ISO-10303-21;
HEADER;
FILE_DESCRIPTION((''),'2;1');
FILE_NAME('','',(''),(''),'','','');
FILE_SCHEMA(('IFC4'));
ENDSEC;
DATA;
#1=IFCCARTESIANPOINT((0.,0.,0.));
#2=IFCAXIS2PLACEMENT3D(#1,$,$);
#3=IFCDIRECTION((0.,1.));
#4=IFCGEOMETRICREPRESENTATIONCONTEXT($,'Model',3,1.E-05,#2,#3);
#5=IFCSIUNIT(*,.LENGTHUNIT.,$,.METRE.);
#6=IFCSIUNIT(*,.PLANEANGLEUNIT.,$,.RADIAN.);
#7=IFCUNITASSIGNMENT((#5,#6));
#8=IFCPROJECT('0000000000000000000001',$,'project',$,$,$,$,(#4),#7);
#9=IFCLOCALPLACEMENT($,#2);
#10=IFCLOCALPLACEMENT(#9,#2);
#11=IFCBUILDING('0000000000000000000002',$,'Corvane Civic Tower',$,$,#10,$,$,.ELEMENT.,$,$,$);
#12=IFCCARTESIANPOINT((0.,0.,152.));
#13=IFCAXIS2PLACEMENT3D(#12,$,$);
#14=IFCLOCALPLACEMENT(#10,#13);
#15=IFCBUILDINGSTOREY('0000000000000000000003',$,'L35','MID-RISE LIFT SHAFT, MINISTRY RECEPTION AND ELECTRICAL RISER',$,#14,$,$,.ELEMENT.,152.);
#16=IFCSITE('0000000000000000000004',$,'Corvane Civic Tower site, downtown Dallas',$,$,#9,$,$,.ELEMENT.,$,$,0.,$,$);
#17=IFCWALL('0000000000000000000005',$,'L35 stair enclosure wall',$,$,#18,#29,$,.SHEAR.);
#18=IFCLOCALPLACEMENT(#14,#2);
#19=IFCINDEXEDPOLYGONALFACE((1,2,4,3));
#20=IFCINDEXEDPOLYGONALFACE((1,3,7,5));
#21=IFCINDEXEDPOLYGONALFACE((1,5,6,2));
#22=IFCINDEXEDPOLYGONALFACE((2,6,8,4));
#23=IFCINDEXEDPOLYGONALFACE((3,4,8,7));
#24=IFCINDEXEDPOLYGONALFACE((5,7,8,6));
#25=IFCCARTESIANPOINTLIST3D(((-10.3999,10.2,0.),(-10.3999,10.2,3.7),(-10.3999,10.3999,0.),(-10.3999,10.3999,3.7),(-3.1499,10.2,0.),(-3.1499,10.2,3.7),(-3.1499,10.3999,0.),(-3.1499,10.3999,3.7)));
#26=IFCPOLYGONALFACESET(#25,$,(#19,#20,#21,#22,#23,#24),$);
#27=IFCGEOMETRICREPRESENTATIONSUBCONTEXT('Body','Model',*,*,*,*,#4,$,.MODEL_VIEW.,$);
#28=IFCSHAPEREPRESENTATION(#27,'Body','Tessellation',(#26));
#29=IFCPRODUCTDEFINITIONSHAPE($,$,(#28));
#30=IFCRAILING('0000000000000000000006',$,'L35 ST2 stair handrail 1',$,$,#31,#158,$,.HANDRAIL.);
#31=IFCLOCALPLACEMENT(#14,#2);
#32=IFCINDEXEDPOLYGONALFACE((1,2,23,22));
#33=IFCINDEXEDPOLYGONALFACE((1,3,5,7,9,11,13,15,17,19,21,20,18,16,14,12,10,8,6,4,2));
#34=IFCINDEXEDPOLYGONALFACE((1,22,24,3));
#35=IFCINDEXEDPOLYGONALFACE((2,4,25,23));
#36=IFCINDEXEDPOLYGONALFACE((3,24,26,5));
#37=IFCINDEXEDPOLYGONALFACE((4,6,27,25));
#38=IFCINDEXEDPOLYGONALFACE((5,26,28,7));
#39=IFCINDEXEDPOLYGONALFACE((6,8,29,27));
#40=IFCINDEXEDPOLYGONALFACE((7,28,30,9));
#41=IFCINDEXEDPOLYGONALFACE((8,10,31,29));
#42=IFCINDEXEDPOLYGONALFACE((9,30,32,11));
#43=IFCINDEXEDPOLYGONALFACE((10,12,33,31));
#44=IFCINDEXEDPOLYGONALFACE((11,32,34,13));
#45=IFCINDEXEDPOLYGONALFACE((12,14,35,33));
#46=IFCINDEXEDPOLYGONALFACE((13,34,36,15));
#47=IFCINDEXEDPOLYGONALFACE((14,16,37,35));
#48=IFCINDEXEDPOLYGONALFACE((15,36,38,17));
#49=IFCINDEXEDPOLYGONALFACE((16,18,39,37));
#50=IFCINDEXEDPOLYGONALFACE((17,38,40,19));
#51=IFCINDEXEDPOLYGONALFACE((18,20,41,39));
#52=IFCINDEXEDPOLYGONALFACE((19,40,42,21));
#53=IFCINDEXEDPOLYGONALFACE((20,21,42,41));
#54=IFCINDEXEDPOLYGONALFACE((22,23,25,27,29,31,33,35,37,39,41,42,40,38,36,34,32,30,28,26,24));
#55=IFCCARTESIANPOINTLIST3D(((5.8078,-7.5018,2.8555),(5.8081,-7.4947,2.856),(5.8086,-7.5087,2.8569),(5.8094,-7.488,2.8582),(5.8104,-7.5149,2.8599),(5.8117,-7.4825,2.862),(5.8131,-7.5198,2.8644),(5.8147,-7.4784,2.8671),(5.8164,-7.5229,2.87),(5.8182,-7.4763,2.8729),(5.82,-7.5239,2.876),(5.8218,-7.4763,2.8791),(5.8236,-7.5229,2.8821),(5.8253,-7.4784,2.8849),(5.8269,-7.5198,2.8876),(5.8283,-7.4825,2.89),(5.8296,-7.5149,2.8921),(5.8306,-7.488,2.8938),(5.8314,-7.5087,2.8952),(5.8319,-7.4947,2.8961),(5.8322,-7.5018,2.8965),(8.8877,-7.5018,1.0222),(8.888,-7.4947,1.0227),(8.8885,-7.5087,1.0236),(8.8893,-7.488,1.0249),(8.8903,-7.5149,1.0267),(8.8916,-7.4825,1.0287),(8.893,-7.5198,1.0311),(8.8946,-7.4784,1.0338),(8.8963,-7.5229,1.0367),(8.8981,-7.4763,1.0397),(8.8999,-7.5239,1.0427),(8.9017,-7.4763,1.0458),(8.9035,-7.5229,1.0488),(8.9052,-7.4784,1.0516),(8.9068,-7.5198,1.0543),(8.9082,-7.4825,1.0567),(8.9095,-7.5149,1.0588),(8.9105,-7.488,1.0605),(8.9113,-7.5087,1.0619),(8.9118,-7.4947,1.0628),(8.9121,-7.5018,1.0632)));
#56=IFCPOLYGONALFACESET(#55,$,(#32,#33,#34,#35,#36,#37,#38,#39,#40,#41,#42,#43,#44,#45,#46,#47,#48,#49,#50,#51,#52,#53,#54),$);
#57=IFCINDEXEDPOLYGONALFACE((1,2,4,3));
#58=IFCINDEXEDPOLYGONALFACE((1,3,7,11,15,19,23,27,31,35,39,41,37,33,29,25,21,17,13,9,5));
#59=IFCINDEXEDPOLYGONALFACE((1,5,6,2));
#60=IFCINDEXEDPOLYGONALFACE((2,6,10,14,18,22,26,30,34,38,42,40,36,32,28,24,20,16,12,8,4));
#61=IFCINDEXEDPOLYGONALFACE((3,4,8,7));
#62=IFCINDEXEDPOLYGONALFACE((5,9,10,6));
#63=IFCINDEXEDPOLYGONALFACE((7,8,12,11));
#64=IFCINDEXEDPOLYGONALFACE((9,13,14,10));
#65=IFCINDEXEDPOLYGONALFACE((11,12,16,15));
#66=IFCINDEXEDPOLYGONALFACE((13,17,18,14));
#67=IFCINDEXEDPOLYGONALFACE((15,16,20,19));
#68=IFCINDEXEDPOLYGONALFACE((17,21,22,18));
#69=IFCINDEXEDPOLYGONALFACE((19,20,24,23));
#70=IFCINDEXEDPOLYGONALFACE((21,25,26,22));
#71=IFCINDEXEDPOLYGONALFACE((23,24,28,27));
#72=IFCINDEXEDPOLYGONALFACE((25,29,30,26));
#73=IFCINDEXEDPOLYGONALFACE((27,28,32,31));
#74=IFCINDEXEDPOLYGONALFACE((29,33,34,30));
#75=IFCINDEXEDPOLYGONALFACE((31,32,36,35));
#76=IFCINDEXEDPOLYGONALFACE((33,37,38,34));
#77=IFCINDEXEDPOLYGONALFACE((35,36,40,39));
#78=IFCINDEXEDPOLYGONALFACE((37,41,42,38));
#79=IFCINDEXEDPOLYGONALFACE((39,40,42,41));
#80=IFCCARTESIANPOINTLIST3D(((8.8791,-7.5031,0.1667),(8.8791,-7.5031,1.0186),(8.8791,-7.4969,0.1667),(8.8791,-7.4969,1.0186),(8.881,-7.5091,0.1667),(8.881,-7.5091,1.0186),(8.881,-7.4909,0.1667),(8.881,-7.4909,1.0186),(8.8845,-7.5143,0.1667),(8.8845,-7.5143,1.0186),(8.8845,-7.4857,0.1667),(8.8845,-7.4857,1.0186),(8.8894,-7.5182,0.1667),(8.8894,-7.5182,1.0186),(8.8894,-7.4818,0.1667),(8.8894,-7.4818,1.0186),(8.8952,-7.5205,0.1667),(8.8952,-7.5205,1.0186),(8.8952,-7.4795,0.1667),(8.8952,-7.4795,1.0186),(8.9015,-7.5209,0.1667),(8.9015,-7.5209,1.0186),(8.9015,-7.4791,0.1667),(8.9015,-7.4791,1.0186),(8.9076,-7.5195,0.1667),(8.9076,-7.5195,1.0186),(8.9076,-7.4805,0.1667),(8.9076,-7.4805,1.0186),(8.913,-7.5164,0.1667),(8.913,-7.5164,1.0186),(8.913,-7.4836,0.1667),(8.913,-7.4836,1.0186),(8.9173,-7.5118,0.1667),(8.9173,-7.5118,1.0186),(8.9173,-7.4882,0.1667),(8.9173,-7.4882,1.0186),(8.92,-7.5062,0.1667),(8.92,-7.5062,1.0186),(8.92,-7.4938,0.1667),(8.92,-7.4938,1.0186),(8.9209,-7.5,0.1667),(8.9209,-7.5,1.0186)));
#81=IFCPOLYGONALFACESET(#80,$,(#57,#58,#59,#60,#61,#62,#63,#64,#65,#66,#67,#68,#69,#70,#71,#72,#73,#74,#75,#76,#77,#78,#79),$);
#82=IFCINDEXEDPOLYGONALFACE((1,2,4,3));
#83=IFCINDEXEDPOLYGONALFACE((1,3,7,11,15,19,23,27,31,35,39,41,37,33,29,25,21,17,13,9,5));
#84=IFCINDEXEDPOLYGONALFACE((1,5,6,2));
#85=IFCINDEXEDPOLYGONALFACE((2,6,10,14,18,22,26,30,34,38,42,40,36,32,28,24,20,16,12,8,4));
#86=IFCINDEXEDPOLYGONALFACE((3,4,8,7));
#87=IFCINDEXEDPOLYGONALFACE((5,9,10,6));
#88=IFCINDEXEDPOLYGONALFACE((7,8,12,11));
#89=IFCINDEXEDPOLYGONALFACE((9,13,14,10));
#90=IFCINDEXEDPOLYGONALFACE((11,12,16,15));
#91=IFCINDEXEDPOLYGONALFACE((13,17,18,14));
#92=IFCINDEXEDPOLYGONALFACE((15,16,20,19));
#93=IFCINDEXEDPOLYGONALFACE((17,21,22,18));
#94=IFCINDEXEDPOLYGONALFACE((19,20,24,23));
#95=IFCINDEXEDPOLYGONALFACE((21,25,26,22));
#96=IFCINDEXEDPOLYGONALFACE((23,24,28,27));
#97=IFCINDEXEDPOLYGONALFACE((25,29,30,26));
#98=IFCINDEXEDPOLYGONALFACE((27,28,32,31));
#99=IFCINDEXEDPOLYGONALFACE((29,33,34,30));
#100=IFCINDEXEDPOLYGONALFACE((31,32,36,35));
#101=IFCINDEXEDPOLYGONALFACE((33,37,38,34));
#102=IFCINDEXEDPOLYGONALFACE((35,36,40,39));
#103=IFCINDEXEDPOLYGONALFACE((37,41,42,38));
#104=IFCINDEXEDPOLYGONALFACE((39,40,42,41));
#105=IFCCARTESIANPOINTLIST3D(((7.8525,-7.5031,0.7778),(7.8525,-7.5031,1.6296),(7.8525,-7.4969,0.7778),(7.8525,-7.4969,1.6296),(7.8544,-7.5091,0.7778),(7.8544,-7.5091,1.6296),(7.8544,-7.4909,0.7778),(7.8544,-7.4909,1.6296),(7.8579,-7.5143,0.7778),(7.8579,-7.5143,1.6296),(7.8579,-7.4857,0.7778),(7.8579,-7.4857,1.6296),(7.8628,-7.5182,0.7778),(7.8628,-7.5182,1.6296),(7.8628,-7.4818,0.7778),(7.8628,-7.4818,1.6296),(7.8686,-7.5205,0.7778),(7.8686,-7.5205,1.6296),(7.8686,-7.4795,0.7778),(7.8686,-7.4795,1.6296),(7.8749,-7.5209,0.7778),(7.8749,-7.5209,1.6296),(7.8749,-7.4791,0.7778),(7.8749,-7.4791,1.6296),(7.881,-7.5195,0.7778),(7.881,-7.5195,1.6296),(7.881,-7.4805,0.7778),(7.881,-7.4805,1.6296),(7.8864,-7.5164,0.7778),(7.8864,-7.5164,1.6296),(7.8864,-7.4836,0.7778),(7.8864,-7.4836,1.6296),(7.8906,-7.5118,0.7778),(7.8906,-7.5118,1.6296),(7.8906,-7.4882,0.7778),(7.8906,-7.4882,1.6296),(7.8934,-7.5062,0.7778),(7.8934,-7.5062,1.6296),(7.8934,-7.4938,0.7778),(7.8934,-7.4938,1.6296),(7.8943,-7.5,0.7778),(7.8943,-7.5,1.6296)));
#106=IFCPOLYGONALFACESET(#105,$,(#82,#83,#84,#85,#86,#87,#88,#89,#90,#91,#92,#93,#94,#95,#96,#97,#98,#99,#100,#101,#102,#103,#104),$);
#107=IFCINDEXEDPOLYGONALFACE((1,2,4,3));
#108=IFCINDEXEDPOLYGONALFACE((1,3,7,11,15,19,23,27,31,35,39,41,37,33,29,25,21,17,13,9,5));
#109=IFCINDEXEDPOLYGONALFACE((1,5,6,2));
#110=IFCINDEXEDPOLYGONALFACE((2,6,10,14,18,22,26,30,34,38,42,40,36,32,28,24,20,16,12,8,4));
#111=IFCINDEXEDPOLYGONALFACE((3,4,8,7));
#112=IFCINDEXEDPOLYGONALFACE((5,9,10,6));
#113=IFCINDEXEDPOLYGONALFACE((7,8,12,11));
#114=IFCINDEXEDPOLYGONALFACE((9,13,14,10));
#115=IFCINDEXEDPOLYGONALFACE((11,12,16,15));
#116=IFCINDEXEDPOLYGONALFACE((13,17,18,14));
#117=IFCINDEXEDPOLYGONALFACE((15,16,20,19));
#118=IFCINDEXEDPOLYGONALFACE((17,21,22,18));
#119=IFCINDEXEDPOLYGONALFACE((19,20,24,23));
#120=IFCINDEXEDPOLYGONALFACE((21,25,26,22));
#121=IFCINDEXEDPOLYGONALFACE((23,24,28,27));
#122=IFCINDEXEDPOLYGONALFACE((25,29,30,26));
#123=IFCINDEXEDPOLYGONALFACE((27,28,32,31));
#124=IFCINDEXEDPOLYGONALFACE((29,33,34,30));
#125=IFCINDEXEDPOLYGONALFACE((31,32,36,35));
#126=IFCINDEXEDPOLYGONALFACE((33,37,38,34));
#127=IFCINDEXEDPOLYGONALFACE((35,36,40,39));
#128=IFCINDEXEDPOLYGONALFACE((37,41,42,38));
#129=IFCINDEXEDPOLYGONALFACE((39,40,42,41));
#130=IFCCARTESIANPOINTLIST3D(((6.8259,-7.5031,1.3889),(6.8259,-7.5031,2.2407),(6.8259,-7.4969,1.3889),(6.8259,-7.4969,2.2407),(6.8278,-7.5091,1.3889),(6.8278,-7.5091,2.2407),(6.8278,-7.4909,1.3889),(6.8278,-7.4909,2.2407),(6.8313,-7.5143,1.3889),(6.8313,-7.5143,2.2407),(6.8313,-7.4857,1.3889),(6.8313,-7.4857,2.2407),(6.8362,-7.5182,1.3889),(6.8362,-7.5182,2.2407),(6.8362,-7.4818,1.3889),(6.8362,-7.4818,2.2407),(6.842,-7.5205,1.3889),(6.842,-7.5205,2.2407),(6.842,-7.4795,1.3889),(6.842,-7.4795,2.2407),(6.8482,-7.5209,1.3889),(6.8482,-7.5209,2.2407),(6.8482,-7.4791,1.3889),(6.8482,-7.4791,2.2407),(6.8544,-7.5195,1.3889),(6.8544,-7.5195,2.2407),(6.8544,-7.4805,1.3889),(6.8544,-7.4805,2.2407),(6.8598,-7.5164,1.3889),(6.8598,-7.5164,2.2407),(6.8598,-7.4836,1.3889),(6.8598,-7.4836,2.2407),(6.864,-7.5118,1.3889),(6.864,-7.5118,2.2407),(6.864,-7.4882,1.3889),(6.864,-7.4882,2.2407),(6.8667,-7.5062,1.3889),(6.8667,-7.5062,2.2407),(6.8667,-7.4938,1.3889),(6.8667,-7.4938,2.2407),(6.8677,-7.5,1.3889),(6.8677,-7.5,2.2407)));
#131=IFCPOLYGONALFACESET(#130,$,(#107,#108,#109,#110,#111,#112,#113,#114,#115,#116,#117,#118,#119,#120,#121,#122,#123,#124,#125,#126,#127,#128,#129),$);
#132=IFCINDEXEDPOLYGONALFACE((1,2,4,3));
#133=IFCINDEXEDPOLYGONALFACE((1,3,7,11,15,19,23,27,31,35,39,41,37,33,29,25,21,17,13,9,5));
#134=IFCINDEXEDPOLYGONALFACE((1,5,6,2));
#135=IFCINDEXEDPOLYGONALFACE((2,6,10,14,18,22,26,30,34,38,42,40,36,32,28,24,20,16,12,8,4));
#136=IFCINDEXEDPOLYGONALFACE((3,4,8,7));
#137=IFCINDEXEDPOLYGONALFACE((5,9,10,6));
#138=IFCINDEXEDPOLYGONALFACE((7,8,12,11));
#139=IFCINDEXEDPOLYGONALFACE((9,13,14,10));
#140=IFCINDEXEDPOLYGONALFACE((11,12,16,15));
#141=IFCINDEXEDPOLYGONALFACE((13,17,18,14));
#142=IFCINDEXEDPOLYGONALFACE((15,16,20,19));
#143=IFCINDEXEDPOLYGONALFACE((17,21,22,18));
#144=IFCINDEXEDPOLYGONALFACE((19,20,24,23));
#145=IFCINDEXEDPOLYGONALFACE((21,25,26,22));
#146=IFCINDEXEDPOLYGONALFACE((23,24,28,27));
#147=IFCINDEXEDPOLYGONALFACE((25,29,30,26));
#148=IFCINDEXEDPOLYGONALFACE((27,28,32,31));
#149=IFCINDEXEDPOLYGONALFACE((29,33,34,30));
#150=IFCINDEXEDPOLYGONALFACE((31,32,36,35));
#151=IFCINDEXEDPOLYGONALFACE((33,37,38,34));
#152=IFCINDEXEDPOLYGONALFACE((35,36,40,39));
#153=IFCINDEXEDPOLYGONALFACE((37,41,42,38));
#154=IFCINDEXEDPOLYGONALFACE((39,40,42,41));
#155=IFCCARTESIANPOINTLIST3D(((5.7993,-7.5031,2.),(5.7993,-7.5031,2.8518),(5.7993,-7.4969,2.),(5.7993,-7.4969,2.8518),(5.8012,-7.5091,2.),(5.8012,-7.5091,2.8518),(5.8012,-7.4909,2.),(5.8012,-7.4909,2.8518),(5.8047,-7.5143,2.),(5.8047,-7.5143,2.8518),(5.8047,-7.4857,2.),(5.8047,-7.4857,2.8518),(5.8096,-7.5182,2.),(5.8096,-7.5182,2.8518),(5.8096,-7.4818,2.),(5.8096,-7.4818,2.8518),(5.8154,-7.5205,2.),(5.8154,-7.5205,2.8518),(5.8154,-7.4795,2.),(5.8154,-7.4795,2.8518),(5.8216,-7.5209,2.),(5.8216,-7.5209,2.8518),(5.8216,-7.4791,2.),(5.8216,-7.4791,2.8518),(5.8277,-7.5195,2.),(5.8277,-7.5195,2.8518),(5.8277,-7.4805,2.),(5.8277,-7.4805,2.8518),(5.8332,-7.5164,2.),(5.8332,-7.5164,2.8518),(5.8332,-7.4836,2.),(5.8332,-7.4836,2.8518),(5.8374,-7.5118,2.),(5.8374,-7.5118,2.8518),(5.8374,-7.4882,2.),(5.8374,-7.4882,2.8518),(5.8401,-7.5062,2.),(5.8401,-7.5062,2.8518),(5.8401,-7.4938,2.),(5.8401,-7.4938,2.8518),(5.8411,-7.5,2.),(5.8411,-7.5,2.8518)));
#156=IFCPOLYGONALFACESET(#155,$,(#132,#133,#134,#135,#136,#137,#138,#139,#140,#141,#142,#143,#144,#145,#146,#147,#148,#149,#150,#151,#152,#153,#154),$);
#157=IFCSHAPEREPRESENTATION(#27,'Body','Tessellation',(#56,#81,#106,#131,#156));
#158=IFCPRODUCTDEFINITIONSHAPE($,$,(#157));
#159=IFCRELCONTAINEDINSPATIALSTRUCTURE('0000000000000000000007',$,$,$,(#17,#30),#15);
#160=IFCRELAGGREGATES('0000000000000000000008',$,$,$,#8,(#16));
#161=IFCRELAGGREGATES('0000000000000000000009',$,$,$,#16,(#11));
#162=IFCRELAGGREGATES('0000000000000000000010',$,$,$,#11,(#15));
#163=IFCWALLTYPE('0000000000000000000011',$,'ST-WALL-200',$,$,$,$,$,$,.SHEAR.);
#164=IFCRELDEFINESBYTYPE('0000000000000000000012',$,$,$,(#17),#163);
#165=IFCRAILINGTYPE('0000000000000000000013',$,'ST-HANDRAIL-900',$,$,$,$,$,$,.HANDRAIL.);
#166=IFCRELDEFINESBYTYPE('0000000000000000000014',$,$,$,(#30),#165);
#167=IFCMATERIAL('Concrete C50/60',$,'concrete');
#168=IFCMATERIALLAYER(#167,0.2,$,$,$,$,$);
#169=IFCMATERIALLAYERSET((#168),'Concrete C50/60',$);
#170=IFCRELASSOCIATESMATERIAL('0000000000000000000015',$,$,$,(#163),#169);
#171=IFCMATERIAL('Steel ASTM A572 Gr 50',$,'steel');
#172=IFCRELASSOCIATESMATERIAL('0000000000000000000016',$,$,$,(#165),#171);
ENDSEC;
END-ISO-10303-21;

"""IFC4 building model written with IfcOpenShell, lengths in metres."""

from ifc_helpers import new_model, si_unit, direction, frame, origin, origin_2d, place, context, subcontext, project, spatial, polyline, circle, outline, extrude, material, layer, layer_set, type_object, element, save


model = new_model("IFC4")

# Units and contexts
model_context = context("Model", 3, precision=1e-05, world=origin(), true_north=direction((0.0, 1.0)))
body_context = subcontext(model_context, "Body", "Model", "MODEL_VIEW")
ifc_project = project(units=[si_unit("LENGTHUNIT", "METRE"), si_unit("PLANEANGLEUNIT", "RADIAN")], contexts=[model_context])

# Site, building, storey
site_placement = place(None, origin())
site = spatial("IfcSite", under=ifc_project, at=site_placement, Name="Corvane Civic Tower site, downtown Dallas", CompositionType="ELEMENT", RefElevation=0.0)
building_placement = place(site_placement, origin())
building = spatial("IfcBuilding", under=site, at=building_placement, Name="Corvane Civic Tower", CompositionType="ELEMENT")
storey_placement = place(building_placement, frame((0.0, 0.0, 152.0)))
storey = spatial("IfcBuildingStorey", under=building, at=storey_placement, Name="L35", Description="MID-RISE LIFT SHAFT, MINISTRY RECEPTION AND ELECTRICAL RISER", CompositionType="ELEMENT", Elevation=152.0)

# Shared definitions
ifc_material_1 = material(Name="Concrete C50/60", Category="concrete")
ifc_layer_1 = layer(ifc_material_1, 0.2)
ifc_layer_set_1 = layer_set([ifc_layer_1], Name="Concrete C50/60")
wall_type_1 = type_object("IfcWallType", Name="ST-WALL-200", PredefinedType="SHEAR", material=ifc_layer_set_1)

# Wall
wall_1_placement = place(storey_placement, origin())
element("IfcWall", 1, at=wall_1_placement, inside=storey, type_object=wall_type_1, Name="L35 stair enclosure wall", PredefinedType="SHEAR", context=body_context, shape_type="SweptSolid", body=[
    extrude(outline(polyline([(-3.1499, 10.2), (-10.3999, 10.2), (-10.3999, 10.3999), (-3.1499, 10.3999), (-3.1499, 10.2)])), origin(), (0.0, 0.0, 1.0), 3.7),
])

# Railing
ifc_material_2 = material(Name="Steel ASTM A572 Gr 50", Category="steel")
railing_type = type_object("IfcRailingType", Name="ST-HANDRAIL-900", PredefinedType="HANDRAIL", material=ifc_material_2)
railing_placement = place(storey_placement, frame((8.8999, -7.5, 0.1667)))
element("IfcRailing", 2, at=railing_placement, inside=storey, type_object=railing_type, Name="L35 ST2 stair handrail 1", PredefinedType="HANDRAIL", context=body_context, shape_type="SweptSolid", body=[
    extrude(circle(Radius=0.0239, at=origin_2d()), frame((0.0, 0.0, 0.876), z_axis=(-0.859291, 0.0, 0.511487), x_axis=(0.0, -1.0, 0.0)), (0.0, 0.0, 1.0), 3.5842),
    extrude(circle(Radius=0.021, at=origin_2d()), origin(), (0.0, 0.0, 1.0), 0.8518),
    extrude(circle(Radius=0.021, at=origin_2d()), frame((-1.0266, 0.0, 0.6111)), (0.0, 0.0, 1.0), 0.8518),
    extrude(circle(Radius=0.021, at=origin_2d()), frame((-2.0532, 0.0, 1.2222)), (0.0, 0.0, 1.0), 0.8518),
    extrude(circle(Radius=0.021, at=origin_2d()), frame((-3.0798, 0.0, 1.8333)), (0.0, 0.0, 1.0), 0.8518),
])

save(model, "model.ifc")
